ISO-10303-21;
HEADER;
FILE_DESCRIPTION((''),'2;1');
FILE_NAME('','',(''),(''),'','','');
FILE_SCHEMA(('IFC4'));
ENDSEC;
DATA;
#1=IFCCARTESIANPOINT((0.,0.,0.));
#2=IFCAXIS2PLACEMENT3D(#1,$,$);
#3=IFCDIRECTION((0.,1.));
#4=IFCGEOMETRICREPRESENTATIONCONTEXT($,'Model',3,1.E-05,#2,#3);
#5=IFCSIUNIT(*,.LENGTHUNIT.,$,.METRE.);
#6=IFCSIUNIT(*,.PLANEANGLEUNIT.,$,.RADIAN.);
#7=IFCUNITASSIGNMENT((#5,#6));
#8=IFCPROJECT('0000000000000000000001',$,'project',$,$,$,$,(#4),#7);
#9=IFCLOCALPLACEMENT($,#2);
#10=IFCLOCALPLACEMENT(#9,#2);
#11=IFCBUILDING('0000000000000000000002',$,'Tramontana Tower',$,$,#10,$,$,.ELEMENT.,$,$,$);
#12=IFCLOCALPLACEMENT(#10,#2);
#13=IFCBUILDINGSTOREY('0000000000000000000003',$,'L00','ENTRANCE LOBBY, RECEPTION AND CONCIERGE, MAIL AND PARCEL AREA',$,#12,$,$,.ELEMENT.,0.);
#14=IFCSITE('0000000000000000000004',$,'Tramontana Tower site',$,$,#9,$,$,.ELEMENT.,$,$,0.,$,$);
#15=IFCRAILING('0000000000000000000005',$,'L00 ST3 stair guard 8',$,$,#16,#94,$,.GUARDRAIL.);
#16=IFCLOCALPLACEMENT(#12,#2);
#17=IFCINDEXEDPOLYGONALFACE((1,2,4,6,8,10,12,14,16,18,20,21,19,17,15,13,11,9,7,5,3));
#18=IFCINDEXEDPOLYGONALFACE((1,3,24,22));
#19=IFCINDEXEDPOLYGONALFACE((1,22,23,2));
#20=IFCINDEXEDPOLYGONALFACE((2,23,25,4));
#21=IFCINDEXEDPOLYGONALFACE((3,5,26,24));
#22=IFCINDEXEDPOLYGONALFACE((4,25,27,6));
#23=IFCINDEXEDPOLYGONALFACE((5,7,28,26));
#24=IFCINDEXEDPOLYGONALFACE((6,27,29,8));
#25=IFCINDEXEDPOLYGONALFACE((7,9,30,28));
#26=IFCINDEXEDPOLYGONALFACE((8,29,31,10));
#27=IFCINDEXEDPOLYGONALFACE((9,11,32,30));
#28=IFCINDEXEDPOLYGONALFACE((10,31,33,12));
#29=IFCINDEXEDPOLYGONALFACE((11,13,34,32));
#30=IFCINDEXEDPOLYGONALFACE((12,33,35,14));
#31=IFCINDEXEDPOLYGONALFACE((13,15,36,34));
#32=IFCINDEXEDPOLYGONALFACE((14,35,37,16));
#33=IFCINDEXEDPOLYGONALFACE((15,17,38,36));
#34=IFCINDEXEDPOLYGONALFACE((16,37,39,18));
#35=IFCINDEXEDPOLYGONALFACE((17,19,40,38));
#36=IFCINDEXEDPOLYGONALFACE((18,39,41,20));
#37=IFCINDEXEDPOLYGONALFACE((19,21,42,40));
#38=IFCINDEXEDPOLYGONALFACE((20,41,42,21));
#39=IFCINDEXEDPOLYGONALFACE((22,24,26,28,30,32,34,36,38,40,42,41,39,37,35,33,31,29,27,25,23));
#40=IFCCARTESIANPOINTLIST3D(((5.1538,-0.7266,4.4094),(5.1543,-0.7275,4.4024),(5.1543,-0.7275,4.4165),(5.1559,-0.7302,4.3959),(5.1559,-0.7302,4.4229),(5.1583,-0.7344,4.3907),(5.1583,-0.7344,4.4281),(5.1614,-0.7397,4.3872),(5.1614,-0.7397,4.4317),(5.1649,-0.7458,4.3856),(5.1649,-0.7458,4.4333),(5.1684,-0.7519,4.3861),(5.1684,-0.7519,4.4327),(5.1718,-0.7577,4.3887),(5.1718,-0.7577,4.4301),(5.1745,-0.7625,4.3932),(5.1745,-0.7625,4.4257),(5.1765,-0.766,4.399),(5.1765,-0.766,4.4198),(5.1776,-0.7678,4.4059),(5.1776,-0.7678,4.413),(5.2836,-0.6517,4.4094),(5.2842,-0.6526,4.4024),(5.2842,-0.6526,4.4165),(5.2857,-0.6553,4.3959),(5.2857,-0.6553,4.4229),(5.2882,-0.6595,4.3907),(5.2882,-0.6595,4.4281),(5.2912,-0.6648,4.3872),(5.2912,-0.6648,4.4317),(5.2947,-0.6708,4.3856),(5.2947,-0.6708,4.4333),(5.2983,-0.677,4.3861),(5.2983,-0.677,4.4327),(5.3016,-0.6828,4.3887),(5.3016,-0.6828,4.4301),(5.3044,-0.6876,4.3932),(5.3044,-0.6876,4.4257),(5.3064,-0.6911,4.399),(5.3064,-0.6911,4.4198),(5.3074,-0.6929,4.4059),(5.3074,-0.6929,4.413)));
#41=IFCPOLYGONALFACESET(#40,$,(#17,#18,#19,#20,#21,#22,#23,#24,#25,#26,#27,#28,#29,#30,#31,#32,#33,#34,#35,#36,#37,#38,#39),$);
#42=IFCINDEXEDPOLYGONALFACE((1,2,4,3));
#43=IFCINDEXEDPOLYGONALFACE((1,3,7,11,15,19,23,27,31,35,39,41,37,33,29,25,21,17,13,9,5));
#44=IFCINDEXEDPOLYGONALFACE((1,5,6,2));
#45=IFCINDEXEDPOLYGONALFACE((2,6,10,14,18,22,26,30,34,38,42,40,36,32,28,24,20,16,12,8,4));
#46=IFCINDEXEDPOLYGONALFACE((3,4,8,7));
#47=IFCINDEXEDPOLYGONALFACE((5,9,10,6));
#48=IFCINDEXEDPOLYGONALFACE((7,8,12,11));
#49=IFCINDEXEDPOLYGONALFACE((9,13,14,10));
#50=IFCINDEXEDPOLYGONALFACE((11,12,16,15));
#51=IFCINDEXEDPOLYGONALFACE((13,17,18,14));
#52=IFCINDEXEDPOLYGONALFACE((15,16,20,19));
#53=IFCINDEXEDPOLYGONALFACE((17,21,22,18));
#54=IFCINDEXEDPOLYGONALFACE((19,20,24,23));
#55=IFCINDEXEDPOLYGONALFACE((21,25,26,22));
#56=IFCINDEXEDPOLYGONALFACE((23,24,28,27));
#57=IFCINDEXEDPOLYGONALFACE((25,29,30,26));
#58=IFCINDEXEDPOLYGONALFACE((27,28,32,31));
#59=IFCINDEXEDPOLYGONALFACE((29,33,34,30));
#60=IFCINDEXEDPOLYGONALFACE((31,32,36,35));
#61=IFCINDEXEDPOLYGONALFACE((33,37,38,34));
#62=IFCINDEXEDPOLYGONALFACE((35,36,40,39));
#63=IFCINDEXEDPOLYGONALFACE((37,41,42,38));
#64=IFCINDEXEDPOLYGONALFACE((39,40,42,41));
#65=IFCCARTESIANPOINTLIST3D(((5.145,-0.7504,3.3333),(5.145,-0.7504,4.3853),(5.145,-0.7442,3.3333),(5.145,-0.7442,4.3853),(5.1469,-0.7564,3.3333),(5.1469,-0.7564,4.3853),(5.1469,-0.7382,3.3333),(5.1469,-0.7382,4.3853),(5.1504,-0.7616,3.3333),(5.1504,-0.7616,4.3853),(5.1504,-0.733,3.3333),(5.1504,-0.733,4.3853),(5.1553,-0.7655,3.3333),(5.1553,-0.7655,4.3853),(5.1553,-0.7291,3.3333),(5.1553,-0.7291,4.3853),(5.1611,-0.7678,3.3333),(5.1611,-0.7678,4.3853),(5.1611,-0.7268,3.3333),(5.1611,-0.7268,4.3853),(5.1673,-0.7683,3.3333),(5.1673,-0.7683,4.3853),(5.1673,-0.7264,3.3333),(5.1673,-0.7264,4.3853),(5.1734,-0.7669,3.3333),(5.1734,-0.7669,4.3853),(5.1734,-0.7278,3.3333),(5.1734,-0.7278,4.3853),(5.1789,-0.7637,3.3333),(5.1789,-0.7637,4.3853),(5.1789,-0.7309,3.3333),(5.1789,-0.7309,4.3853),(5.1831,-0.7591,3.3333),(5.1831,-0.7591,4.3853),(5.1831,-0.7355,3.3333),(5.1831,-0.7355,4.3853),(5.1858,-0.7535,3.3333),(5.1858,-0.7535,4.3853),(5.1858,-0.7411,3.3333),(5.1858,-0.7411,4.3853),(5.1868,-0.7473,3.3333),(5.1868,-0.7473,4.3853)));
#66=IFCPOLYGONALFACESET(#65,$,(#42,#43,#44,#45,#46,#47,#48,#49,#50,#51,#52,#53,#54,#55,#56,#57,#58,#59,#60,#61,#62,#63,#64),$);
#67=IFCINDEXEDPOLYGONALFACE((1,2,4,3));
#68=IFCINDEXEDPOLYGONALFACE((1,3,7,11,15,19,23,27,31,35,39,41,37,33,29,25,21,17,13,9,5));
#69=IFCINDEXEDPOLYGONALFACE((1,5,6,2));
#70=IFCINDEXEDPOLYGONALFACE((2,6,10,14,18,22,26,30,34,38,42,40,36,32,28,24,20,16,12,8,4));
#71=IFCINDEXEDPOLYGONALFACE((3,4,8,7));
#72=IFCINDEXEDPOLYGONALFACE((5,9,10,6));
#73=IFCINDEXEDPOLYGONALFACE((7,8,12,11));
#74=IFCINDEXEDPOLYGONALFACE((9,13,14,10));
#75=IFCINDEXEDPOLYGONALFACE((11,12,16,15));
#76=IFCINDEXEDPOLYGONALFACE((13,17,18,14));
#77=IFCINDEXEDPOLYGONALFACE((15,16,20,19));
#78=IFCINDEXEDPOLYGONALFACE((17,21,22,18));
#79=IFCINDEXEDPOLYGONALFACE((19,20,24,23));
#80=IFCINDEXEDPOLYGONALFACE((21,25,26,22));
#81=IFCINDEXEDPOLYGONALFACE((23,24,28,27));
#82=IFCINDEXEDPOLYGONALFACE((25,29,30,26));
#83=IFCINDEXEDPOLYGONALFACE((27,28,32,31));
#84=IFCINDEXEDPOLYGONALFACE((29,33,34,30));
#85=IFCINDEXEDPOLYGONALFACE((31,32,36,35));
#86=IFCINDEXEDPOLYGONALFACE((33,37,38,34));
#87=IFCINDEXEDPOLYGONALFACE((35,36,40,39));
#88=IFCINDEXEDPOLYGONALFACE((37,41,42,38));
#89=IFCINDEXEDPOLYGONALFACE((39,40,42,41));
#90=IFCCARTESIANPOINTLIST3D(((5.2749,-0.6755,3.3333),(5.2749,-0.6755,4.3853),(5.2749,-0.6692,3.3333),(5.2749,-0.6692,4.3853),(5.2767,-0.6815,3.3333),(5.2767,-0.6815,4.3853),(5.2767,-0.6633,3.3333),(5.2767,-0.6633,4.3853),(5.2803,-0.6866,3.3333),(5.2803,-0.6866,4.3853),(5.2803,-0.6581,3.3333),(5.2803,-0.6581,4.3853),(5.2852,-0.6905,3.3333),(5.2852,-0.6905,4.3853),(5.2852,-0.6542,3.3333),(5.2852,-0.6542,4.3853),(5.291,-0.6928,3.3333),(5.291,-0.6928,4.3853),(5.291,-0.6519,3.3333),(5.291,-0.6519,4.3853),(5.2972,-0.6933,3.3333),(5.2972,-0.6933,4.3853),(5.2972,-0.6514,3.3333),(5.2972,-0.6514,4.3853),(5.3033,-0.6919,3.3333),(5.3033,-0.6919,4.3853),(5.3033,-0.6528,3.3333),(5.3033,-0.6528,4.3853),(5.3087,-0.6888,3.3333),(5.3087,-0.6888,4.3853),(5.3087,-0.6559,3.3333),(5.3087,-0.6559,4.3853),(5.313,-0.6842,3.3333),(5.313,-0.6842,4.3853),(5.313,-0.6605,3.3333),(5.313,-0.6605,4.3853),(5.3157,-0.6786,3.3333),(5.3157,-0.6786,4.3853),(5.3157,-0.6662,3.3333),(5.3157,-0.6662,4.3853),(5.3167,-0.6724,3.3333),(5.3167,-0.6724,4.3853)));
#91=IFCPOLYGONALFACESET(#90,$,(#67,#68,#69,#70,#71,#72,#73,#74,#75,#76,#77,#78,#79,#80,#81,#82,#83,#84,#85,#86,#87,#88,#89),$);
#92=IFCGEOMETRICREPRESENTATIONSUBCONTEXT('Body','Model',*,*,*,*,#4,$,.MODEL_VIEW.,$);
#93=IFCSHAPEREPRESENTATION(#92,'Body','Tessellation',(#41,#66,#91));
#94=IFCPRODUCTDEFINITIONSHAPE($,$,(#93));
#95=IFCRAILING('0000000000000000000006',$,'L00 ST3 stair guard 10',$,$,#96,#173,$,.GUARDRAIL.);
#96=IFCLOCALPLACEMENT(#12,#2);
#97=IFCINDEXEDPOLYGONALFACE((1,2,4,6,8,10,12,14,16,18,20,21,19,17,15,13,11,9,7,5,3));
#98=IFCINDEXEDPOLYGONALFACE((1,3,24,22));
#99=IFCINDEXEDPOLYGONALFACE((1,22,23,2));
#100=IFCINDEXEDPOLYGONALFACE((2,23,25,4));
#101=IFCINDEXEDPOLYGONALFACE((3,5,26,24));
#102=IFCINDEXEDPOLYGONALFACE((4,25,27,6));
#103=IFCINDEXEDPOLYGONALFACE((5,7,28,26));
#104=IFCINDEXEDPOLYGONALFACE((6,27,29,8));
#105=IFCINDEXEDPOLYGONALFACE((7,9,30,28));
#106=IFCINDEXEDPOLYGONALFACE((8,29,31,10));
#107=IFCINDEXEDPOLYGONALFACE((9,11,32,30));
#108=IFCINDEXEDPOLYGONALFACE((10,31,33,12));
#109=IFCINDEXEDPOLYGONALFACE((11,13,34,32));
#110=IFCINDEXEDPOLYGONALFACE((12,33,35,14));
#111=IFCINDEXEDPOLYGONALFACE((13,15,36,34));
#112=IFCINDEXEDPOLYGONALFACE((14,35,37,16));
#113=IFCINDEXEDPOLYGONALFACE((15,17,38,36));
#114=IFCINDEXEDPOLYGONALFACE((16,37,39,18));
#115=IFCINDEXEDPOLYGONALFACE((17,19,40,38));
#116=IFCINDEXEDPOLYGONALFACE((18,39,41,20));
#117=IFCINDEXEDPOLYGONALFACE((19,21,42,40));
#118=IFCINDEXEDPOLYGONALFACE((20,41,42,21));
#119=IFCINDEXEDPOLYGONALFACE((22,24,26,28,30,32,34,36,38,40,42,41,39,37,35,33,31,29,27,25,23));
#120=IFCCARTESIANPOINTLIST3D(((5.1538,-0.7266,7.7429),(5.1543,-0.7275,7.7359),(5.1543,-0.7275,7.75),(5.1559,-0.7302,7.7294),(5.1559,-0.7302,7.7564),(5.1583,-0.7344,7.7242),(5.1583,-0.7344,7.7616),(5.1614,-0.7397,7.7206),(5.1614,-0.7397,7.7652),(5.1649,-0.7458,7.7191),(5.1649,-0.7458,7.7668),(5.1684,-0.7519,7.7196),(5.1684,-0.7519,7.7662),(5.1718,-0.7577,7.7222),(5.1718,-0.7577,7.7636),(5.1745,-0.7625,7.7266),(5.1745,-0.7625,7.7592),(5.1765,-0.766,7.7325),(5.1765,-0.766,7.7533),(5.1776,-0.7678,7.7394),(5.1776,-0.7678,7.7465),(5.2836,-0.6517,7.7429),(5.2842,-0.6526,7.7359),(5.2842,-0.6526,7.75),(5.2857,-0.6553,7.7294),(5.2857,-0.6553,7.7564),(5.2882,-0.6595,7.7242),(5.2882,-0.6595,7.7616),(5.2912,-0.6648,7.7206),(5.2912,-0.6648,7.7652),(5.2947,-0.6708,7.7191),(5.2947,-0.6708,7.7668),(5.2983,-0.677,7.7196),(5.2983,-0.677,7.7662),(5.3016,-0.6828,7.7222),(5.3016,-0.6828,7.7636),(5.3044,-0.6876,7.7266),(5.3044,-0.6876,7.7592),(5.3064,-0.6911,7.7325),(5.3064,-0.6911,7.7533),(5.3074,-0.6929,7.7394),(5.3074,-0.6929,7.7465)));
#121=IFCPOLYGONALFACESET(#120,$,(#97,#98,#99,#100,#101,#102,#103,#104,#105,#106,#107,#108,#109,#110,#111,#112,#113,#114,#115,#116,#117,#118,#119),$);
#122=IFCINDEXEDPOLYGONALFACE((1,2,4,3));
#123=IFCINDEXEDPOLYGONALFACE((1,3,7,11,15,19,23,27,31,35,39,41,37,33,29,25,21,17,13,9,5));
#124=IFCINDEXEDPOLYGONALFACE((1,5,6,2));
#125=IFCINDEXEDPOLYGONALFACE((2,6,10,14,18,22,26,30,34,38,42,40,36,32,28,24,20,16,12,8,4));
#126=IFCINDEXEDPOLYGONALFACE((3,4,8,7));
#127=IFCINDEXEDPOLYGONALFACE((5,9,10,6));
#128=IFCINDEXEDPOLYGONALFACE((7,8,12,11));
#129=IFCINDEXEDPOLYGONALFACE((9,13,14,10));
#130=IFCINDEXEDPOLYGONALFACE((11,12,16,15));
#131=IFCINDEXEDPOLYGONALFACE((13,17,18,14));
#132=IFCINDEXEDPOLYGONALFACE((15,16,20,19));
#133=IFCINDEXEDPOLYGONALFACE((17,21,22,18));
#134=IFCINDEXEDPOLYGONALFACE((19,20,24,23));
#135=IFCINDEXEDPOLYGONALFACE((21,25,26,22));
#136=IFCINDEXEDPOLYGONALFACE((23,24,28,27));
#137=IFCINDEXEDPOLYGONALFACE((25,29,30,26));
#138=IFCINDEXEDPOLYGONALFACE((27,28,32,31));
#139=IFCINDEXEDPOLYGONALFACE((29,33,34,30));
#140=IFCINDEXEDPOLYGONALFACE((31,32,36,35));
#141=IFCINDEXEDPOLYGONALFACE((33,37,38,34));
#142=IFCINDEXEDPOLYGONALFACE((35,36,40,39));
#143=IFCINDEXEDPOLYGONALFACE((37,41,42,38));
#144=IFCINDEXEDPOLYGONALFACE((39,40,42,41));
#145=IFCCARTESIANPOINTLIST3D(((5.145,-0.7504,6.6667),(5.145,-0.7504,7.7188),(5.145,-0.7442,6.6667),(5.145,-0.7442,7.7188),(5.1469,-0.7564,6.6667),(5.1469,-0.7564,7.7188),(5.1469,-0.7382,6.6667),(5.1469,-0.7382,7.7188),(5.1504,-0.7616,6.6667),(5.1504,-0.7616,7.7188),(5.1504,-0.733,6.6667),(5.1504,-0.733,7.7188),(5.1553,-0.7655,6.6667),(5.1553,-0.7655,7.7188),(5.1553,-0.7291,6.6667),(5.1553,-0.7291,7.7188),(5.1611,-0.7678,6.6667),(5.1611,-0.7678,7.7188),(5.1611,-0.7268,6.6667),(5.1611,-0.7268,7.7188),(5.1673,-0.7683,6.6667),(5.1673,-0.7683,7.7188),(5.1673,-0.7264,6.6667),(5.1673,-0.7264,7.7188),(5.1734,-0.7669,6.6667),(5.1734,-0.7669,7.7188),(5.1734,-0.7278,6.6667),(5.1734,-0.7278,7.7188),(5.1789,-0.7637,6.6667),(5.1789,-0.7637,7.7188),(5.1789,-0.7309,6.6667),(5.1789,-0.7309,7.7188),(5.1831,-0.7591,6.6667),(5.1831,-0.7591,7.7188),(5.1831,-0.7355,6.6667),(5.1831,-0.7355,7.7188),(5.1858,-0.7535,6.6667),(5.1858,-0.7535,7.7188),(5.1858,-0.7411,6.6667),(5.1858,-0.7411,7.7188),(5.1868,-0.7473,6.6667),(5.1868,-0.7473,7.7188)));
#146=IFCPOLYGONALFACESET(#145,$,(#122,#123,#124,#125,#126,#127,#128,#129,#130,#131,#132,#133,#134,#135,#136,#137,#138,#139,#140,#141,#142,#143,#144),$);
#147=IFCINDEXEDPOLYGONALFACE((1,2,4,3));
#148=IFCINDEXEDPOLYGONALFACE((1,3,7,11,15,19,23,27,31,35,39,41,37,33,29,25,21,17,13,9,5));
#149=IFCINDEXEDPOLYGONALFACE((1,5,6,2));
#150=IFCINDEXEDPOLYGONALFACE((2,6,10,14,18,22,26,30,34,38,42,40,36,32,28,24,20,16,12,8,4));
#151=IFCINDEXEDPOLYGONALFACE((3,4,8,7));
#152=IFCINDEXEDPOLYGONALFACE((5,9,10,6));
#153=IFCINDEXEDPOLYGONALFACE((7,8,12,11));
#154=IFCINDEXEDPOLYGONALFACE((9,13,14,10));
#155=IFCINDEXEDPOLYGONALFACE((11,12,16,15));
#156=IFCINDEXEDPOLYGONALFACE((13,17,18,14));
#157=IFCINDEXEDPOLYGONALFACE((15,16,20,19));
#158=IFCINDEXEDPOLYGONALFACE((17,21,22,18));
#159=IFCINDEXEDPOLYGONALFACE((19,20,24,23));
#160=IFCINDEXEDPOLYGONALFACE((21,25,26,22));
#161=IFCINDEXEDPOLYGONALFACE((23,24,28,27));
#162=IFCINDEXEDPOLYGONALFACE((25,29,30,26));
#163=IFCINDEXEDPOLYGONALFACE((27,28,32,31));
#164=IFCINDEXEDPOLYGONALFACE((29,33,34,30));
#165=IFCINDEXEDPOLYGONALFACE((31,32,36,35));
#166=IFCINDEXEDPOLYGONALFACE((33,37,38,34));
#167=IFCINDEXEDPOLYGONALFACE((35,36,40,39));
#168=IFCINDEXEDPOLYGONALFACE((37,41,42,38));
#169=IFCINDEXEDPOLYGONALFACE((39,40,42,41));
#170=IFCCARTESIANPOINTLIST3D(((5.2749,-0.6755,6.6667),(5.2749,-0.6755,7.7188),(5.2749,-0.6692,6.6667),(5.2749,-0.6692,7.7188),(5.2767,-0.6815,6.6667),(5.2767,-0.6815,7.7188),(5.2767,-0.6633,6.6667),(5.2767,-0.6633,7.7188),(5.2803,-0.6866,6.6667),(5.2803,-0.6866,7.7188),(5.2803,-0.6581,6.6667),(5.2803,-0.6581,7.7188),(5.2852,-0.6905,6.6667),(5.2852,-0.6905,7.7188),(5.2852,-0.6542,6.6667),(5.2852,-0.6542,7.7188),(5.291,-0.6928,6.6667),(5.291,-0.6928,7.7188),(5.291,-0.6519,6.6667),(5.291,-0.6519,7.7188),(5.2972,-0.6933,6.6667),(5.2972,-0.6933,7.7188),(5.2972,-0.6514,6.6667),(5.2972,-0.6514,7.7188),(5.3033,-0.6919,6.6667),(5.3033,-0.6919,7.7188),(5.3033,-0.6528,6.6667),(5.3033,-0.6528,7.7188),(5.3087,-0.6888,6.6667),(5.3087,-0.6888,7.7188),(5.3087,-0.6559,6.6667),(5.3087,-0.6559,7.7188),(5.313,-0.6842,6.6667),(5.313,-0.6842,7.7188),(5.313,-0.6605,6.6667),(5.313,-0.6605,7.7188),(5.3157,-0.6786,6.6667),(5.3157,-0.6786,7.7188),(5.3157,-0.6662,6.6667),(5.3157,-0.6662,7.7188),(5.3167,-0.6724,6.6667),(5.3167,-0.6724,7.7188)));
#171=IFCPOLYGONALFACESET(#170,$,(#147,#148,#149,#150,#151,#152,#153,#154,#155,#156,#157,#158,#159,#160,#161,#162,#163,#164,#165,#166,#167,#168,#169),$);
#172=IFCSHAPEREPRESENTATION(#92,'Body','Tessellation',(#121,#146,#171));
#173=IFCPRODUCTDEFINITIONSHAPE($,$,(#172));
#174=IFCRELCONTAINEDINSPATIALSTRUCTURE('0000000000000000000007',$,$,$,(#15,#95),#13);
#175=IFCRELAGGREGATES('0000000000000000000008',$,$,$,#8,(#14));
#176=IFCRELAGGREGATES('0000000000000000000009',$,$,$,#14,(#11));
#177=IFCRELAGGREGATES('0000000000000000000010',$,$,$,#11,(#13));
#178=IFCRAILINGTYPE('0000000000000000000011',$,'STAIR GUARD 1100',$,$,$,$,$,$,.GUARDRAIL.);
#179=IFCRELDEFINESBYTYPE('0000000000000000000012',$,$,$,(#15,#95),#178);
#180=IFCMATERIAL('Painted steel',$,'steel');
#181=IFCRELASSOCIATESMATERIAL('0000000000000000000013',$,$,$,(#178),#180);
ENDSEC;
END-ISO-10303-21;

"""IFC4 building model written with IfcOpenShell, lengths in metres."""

from ifc_helpers import new_model, si_unit, direction, frame, origin, origin_2d, place, context, subcontext, project, spatial, circle, extrude, material, type_object, element, save


model = new_model("IFC4")

# Units and contexts
model_context = context("Model", 3, precision=1e-05, world=origin(), true_north=direction((0.0, 1.0)))
body_context = subcontext(model_context, "Body", "Model", "MODEL_VIEW")
ifc_project = project(units=[si_unit("LENGTHUNIT", "METRE"), si_unit("PLANEANGLEUNIT", "RADIAN")], contexts=[model_context])

# Site, building, storey
site_placement = place(None, origin())
site = spatial("IfcSite", under=ifc_project, at=site_placement, Name="Tramontana Tower site", CompositionType="ELEMENT", RefElevation=0.0)
building_placement = place(site_placement, origin())
building = spatial("IfcBuilding", under=site, at=building_placement, Name="Tramontana Tower", CompositionType="ELEMENT")
storey_placement = place(building_placement, origin())
storey = spatial("IfcBuildingStorey", under=building, at=storey_placement, Name="L00", Description="ENTRANCE LOBBY, RECEPTION AND CONCIERGE, MAIL AND PARCEL AREA", CompositionType="ELEMENT", Elevation=0.0)

# Railings
ifc_material_1 = material(Name="Painted steel", Category="steel")
railing_type = type_object("IfcRailingType", Name="STAIR GUARD 1100", PredefinedType="GUARDRAIL", material=ifc_material_1)
for number, where, name in (
    (1, (5.1658, -0.7473, 3.3333), "L00 ST3 stair guard 8"),
    (2, (5.1658, -0.7473, 6.6667), "L00 ST3 stair guard 10"),
):
    element("IfcRailing", number, at=place(storey_placement, frame(where)), inside=storey, type_object=railing_type, Name=name, PredefinedType="GUARDRAIL", context=body_context, shape_type="SweptSolid", body=[
        extrude(circle(Radius=0.0239, at=origin_2d()), frame((0.0, 0.0, 1.0762), z_axis=(0.866131, 0.499816, 0.0), x_axis=(-0.499816, 0.866131, 0.0)), (0.0, 0.0, 1.0), 0.1499),
        extrude(circle(Radius=0.021, at=origin_2d()), origin(), (0.0, 0.0, 1.0), 1.052),
        extrude(circle(Radius=0.021, at=origin_2d()), frame((0.1299, 0.075, 0.0)), (0.0, 0.0, 1.0), 1.052),
    ])

save(model, "model.ifc")
